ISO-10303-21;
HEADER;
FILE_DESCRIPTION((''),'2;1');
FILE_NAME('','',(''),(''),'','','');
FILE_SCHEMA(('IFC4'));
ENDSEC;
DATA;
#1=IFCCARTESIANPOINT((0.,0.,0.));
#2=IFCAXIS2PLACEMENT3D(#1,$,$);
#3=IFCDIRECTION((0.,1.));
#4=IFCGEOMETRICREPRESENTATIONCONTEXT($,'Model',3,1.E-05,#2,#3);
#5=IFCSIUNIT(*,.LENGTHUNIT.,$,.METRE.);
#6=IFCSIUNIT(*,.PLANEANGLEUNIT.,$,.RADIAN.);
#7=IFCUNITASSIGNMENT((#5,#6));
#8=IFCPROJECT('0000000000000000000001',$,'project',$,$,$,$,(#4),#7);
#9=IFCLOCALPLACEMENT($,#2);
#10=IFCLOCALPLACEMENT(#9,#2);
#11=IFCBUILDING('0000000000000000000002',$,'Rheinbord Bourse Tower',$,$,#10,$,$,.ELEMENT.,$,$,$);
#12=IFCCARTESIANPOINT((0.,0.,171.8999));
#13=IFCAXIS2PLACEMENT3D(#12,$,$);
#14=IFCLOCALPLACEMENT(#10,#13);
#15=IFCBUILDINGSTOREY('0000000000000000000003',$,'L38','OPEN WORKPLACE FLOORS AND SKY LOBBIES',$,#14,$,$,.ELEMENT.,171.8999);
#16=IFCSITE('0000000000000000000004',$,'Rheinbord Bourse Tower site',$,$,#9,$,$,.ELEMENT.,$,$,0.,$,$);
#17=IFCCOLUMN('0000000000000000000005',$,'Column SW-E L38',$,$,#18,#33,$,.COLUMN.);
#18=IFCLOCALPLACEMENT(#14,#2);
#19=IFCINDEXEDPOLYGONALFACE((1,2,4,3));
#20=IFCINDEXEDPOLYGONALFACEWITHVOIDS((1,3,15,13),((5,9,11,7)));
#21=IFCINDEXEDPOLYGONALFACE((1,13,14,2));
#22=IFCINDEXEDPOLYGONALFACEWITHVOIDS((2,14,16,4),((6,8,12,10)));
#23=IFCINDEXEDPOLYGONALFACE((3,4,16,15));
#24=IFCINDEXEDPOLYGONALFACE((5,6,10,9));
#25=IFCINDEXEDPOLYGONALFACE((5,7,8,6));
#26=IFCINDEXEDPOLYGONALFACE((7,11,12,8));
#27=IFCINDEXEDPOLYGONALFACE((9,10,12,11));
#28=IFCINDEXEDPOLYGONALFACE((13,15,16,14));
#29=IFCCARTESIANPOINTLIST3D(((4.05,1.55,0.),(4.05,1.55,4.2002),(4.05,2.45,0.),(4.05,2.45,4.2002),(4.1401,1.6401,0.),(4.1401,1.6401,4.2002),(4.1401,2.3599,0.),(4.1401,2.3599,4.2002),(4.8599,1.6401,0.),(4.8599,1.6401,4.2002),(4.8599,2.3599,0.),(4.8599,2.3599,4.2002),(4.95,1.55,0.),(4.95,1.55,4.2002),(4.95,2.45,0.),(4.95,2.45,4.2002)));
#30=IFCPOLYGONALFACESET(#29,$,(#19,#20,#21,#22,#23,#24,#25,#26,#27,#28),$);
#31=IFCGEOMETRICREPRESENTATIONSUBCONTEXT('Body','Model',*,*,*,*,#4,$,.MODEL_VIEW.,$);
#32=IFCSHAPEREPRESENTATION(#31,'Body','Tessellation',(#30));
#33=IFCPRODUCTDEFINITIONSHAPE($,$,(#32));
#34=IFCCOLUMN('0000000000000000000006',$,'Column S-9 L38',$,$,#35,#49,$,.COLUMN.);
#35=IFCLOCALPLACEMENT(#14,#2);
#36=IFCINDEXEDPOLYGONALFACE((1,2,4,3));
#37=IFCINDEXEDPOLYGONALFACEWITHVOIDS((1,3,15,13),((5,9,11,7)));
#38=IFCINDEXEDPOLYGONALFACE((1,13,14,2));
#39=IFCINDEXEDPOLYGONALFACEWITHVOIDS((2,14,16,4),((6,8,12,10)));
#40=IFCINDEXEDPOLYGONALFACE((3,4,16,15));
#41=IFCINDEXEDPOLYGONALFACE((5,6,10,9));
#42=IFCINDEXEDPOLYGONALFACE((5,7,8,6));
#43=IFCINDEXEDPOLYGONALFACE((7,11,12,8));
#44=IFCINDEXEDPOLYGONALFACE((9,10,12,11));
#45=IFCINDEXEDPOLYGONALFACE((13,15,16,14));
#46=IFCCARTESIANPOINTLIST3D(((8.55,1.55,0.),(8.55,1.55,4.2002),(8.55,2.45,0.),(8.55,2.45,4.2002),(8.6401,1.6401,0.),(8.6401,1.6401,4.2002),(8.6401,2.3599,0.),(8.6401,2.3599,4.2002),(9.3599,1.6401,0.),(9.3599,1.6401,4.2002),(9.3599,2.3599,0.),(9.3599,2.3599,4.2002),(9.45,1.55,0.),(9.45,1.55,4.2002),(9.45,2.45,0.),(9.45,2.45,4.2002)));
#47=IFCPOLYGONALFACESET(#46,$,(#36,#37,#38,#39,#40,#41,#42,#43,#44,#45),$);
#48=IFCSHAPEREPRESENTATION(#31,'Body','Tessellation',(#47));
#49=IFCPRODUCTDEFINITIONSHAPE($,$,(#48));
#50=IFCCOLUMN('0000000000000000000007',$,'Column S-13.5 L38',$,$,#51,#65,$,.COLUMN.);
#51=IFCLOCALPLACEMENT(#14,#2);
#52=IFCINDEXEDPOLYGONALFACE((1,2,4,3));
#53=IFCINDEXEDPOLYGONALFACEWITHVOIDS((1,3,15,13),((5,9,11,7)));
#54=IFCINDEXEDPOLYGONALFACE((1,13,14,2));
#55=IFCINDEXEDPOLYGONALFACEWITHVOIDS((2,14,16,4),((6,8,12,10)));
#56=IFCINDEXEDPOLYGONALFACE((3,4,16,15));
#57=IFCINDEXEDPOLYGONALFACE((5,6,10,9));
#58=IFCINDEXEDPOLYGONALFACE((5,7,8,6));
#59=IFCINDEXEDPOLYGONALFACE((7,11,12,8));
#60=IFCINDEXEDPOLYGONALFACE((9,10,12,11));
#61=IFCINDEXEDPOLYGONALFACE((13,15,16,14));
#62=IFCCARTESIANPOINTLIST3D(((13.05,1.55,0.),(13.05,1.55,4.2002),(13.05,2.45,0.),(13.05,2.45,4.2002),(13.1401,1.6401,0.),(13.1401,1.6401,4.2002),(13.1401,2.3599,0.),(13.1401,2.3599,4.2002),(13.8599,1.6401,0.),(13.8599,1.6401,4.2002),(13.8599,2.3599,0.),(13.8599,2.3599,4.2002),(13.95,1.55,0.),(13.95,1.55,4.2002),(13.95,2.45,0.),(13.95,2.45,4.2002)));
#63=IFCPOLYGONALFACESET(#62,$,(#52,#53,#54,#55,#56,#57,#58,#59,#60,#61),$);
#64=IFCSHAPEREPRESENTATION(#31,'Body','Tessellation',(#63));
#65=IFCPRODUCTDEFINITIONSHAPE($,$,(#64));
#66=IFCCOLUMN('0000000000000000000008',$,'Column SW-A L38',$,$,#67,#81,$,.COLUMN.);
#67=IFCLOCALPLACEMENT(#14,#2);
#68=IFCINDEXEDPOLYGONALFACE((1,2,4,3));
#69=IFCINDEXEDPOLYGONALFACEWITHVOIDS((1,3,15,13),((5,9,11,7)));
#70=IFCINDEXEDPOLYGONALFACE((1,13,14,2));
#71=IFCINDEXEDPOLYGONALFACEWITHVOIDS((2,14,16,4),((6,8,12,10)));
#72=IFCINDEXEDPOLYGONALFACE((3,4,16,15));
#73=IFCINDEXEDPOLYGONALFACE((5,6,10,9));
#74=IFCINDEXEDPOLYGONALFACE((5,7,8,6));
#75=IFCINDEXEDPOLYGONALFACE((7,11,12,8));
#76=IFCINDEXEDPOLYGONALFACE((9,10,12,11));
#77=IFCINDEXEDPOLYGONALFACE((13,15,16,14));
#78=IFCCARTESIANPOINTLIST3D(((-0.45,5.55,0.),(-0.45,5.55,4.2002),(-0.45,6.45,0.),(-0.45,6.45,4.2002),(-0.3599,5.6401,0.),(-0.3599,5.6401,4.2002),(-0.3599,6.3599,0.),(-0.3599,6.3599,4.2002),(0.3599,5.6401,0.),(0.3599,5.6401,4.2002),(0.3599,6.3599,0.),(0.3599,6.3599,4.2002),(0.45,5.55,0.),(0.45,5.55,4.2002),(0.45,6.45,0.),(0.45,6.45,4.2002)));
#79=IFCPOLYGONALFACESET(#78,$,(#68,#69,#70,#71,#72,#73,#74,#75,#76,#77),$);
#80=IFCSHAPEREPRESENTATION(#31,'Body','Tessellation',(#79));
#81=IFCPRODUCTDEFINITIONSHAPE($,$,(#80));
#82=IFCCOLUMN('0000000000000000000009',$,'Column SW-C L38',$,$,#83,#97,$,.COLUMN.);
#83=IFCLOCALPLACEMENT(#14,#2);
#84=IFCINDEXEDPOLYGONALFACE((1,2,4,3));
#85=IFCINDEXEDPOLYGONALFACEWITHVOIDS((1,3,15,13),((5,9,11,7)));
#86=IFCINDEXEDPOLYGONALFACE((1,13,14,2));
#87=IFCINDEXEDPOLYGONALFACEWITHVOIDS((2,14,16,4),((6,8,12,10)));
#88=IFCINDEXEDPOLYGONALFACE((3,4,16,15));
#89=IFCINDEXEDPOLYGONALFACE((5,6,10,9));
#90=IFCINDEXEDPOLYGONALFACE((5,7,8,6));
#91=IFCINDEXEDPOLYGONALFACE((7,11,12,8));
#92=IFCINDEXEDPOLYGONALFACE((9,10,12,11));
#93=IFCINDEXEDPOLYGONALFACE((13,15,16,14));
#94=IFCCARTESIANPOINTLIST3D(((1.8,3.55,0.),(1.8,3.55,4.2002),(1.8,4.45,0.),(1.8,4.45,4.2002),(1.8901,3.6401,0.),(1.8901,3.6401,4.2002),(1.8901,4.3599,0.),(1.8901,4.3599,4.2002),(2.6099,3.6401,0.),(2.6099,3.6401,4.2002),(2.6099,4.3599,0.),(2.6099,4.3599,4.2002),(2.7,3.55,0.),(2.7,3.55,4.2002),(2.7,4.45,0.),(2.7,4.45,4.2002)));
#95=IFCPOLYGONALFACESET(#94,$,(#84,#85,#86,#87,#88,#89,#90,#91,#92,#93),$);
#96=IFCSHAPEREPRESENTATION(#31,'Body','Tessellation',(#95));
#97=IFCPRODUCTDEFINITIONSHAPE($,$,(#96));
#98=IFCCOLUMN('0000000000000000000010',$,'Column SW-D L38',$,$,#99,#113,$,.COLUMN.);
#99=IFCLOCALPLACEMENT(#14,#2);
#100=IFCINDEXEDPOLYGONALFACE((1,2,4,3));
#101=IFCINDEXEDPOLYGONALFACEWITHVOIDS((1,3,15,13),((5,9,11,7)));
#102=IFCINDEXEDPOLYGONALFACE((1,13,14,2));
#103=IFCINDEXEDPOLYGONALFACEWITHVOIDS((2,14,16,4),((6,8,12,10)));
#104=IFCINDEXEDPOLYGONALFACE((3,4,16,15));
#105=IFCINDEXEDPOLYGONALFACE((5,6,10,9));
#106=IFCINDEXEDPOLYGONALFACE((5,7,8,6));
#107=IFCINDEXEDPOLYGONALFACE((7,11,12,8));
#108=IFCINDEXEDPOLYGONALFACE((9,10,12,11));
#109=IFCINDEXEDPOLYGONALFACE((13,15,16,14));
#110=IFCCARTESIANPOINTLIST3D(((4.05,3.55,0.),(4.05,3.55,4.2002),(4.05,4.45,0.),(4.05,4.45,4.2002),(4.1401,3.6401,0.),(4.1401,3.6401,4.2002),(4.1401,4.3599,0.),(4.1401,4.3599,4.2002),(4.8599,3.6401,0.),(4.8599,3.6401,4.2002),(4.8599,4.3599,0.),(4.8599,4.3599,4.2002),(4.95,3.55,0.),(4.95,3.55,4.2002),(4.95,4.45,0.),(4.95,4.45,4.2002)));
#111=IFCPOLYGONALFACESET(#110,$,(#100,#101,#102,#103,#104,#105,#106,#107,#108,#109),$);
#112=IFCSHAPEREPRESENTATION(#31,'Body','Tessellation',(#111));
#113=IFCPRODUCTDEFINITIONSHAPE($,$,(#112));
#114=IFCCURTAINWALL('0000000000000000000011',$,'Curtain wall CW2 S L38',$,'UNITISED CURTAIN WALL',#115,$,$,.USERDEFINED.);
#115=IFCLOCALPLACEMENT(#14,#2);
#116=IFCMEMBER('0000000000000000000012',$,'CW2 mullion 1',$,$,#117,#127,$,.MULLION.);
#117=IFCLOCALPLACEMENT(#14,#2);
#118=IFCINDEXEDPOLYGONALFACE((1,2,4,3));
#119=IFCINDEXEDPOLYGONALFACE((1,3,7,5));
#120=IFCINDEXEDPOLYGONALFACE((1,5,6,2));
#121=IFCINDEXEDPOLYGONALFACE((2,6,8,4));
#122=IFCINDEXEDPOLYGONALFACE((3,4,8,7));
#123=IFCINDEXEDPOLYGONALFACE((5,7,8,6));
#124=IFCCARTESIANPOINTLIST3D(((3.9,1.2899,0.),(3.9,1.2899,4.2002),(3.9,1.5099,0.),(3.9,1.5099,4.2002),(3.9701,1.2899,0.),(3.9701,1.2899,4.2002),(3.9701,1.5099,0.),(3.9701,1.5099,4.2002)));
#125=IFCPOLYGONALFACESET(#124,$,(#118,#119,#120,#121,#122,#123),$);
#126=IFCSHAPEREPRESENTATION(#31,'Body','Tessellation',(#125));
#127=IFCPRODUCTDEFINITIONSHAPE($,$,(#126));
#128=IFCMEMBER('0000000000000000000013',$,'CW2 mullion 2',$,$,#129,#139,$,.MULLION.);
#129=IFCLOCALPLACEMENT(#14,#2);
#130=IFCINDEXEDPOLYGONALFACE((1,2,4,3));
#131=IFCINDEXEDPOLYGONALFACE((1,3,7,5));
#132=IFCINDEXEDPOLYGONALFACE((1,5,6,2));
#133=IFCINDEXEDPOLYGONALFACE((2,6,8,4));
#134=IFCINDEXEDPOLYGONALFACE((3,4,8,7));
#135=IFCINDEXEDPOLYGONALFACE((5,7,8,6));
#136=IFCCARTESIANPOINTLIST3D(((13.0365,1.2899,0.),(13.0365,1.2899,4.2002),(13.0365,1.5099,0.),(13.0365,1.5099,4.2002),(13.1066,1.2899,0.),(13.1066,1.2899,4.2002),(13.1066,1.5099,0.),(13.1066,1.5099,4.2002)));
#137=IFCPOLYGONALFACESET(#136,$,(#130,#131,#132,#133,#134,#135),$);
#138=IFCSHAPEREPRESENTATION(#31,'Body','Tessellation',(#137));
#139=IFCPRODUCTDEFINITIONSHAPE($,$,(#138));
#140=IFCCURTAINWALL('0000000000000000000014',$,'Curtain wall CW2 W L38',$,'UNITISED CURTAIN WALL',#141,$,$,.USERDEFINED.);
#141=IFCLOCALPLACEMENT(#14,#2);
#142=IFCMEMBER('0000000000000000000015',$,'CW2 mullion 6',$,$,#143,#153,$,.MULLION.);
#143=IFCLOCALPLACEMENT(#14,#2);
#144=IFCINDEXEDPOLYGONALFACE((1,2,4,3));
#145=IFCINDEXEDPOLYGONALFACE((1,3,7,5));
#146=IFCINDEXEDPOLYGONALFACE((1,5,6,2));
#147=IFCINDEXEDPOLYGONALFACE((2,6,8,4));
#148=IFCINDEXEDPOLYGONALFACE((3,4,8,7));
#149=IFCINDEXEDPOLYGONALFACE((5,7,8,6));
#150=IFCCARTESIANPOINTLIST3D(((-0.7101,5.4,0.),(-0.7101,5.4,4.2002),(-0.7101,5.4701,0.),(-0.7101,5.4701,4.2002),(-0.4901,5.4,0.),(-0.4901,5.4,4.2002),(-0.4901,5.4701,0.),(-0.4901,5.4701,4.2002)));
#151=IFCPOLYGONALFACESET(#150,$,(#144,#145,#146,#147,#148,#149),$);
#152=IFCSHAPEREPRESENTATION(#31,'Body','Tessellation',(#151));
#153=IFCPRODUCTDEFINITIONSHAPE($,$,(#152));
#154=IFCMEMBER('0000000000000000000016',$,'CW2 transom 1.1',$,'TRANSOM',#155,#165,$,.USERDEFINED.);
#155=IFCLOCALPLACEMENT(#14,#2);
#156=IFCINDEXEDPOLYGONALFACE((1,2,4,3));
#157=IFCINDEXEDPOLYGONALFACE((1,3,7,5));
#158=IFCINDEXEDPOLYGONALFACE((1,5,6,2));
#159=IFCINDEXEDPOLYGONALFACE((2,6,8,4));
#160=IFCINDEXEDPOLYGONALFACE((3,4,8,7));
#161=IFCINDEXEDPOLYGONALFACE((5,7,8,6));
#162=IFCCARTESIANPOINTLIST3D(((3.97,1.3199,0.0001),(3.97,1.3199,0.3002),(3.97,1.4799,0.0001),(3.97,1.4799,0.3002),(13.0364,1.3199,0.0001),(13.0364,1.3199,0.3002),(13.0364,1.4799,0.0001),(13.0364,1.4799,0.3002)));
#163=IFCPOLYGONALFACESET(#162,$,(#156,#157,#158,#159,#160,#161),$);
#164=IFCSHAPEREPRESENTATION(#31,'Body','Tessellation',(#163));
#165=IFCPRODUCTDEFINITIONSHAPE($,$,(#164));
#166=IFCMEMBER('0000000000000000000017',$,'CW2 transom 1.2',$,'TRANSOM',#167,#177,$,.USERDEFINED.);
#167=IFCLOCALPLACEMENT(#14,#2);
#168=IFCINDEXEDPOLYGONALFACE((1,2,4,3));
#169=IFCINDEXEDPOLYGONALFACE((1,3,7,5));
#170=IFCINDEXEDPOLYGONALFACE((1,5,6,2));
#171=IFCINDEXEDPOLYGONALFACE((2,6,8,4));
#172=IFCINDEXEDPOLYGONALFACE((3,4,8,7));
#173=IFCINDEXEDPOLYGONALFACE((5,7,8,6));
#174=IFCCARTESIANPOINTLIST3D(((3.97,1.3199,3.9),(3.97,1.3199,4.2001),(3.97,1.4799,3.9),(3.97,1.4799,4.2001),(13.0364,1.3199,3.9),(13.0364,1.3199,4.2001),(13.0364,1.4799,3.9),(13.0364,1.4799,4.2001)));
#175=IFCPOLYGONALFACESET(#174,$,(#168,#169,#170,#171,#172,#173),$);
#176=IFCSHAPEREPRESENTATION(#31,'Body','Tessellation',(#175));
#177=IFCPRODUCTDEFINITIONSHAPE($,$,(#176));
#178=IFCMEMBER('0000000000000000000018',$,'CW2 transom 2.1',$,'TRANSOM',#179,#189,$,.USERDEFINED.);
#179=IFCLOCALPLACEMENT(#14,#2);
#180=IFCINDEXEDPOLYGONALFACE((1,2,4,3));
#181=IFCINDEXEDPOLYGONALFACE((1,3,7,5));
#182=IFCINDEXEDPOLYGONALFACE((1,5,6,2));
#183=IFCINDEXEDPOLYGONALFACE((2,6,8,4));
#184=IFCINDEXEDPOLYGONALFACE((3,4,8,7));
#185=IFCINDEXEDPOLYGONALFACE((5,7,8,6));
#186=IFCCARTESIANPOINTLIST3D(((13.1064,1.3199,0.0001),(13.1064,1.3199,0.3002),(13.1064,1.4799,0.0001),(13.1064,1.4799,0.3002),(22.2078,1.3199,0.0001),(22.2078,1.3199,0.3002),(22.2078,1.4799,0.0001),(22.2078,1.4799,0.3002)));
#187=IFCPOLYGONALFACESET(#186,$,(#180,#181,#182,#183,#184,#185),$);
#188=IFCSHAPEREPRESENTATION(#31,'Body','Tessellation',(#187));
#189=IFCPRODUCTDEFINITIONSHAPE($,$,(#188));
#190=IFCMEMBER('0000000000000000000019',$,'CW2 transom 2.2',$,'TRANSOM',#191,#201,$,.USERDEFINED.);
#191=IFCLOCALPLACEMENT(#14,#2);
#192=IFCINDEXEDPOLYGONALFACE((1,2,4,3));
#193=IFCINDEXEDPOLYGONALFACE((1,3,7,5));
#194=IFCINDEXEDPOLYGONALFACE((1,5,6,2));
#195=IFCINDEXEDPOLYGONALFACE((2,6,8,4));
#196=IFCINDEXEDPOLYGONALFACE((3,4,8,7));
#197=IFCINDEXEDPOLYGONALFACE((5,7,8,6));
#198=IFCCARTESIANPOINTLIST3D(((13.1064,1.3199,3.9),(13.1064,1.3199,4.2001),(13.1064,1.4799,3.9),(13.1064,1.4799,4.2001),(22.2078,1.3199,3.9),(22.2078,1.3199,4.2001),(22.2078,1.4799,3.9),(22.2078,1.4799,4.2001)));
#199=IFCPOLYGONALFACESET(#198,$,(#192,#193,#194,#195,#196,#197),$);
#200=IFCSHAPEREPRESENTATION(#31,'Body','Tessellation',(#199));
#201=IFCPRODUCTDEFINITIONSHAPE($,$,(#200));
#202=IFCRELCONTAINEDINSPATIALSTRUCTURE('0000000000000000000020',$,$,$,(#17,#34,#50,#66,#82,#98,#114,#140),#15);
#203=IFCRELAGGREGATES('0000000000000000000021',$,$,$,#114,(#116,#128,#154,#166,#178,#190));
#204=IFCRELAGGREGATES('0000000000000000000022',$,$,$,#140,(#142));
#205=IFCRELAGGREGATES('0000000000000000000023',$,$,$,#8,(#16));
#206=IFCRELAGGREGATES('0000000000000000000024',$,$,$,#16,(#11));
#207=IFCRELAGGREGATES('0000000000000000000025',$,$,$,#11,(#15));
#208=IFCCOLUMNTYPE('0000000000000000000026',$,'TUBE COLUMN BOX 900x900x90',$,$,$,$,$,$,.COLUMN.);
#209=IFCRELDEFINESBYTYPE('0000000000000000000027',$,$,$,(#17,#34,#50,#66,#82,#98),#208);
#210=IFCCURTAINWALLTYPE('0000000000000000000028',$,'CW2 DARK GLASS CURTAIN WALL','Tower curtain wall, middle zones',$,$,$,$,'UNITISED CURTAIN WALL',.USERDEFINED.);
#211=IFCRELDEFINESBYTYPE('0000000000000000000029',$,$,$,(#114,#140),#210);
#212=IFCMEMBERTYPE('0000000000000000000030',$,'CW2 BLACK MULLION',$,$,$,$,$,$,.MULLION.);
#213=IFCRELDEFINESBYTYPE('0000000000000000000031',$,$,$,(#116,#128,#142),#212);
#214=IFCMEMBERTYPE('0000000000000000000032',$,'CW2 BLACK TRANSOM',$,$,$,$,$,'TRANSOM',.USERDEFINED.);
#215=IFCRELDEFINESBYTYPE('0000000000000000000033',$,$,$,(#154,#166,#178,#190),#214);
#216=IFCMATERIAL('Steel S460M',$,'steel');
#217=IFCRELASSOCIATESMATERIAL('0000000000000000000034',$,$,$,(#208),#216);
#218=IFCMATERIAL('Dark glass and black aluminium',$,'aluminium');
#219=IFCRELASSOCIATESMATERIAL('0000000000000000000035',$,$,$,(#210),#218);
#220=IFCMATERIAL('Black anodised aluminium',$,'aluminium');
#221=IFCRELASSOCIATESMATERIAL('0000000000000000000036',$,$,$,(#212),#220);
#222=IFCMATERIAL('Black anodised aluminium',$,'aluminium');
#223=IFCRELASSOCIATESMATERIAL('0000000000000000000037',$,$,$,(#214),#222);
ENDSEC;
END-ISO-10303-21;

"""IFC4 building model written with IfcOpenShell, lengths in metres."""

from ifc_helpers import new_model, si_unit, direction, frame, origin, origin_2d, place, context, subcontext, project, spatial, rectangle, hollow_rectangle, extrude, material, material_profile, profile_set, type_object, element, aggregate, save


model = new_model("IFC4")

# Units and contexts
model_context = context("Model", 3, precision=1e-05, world=origin(), true_north=direction((0.0, 1.0)))
body_context = subcontext(model_context, "Body", "Model", "MODEL_VIEW")
ifc_project = project(units=[si_unit("LENGTHUNIT", "METRE"), si_unit("PLANEANGLEUNIT", "RADIAN")], contexts=[model_context])

# Site, building, storey
site_placement = place(None, origin())
site = spatial("IfcSite", under=ifc_project, at=site_placement, Name="Rheinbord Bourse Tower site", CompositionType="ELEMENT", RefElevation=0.0)
building_placement = place(site_placement, origin())
building = spatial("IfcBuilding", under=site, at=building_placement, Name="Rheinbord Bourse Tower", CompositionType="ELEMENT")
storey_placement = place(building_placement, frame((0.0, 0.0, 171.8999)))
storey = spatial("IfcBuildingStorey", under=building, at=storey_placement, Name="L38", Description="OPEN WORKPLACE FLOORS AND SKY LOBBIES", CompositionType="ELEMENT", Elevation=171.8999)

# Columns
ifc_material_1 = material(Name="Steel S460M", Category="steel")
ifc_material_profile_1 = material_profile(ifc_material_1, hollow_rectangle(XDim=0.8999, YDim=0.8999, WallThickness=0.0901, at=origin_2d()), Name="BOX 900x900x90")
ifc_profile_set_1 = profile_set([ifc_material_profile_1], Name="Steel S460M")
column_type = type_object("IfcColumnType", Name="TUBE COLUMN BOX 900x900x90", PredefinedType="COLUMN", material=ifc_profile_set_1)
for number, where, z_axis, x_axis, name in (
    (1, (4.5, 2.0, 0.0), (0.0, 0.0, 1.0), (0.0, 1.0, 0.0), "Column SW-E L38"),
    (2, (9.0, 2.0, 0.0), (0.0, 0.0, 1.0), (0.0, 1.0, 0.0), "Column S-9 L38"),
    (3, (13.5, 2.0, 0.0), (0.0, 0.0, 1.0), (0.0, 1.0, 0.0), "Column S-13.5 L38"),
    (4, (0.0, 6.0, 0.0), (0.0, 0.0, 1.0), (1.0, 0.0, 0.0), "Column SW-A L38"),
    (5, (2.25, 4.0, 0.0), (0.0, 0.0, 1.0), (1.0, 0.0, 0.0), "Column SW-C L38"),
    (6, (4.5, 4.0, 0.0), (0.0, 0.0, 1.0), (0.0, 1.0, 0.0), "Column SW-D L38"),
):
    element("IfcColumn", number, at=place(storey_placement, frame(where, z_axis=z_axis, x_axis=x_axis)), inside=storey, type_object=column_type, Name=name, PredefinedType="COLUMN", context=body_context, shape_type="SweptSolid", body=[
        extrude(hollow_rectangle(XDim=0.8999, YDim=0.8999, WallThickness=0.0901, at=origin_2d()), origin(), (0.0, 0.0, 1.0), 4.2002),
    ])

# Curtain wall, members
ifc_material_2 = material(Name="Dark glass and black aluminium", Category="aluminium")
curtain_wall_type = type_object("IfcCurtainWallType", Name="CW2 DARK GLASS CURTAIN WALL", Description="Tower curtain wall, middle zones", ElementType="UNITISED CURTAIN WALL", PredefinedType="USERDEFINED", material=ifc_material_2)
curtain_wall_1_placement = place(storey_placement, origin())
curtain_wall_1 = element("IfcCurtainWall", 7, at=curtain_wall_1_placement, inside=storey, type_object=curtain_wall_type, Name="Curtain wall CW2 S L38", ObjectType="UNITISED CURTAIN WALL", PredefinedType="USERDEFINED")
ifc_material_3 = material(Name="Black anodised aluminium", Category="aluminium")
ifc_material_profile_2 = material_profile(ifc_material_3, rectangle(XDim=0.22, YDim=0.0701, at=origin_2d()), Name="CW2 MULLION 70x220")
ifc_profile_set_2 = profile_set([ifc_material_profile_2], Name="Black anodised aluminium")
member_type_1 = type_object("IfcMemberType", Name="CW2 BLACK MULLION", PredefinedType="MULLION", material=ifc_profile_set_2)
member_1_placement = place(storey_placement, frame((3.9351, 1.3999, 0.0), z_axis=(0.0, 0.0, 1.0), x_axis=(0.0, 1.0, 0.0)))
member_1 = element("IfcMember", 8, at=member_1_placement, type_object=member_type_1, Name="CW2 mullion 1", PredefinedType="MULLION", context=body_context, shape_type="SweptSolid", body=[
    extrude(rectangle(XDim=0.22, YDim=0.0701, at=origin_2d()), origin(), (0.0, 0.0, 1.0), 4.2002),
])
member_2_placement = place(storey_placement, frame((13.0715, 1.3999, 0.0), z_axis=(0.0, 0.0, 1.0), x_axis=(0.0, 1.0, 0.0)))
member_2 = element("IfcMember", 9, at=member_2_placement, type_object=member_type_1, Name="CW2 mullion 2", PredefinedType="MULLION", context=body_context, shape_type="SweptSolid", body=[
    extrude(rectangle(XDim=0.22, YDim=0.0701, at=origin_2d()), origin(), (0.0, 0.0, 1.0), 4.2002),
])

# Curtain wall, member
curtain_wall_2_placement = place(storey_placement, origin())
curtain_wall_2 = element("IfcCurtainWall", 10, at=curtain_wall_2_placement, inside=storey, type_object=curtain_wall_type, Name="Curtain wall CW2 W L38", ObjectType="UNITISED CURTAIN WALL", PredefinedType="USERDEFINED")
member_3_placement = place(storey_placement, frame((-0.6001, 5.4351, 0.0), z_axis=(0.0, 0.0, 1.0), x_axis=(1.0, 0.0, 0.0)))
member_3 = element("IfcMember", 11, at=member_3_placement, type_object=member_type_1, Name="CW2 mullion 6", PredefinedType="MULLION", context=body_context, shape_type="SweptSolid", body=[
    extrude(rectangle(XDim=0.22, YDim=0.0701, at=origin_2d()), origin(), (0.0, 0.0, 1.0), 4.2002),
])

# Members
ifc_material_4 = material(Name="Black anodised aluminium", Category="aluminium")
ifc_material_profile_3 = material_profile(ifc_material_4, rectangle(XDim=0.1599, YDim=0.3, at=origin_2d()), Name="CW2 TRANSOM 300x160")
ifc_profile_set_3 = profile_set([ifc_material_profile_3], Name="Black anodised aluminium")
member_type_2 = type_object("IfcMemberType", Name="CW2 BLACK TRANSOM", ElementType="TRANSOM", PredefinedType="USERDEFINED", material=ifc_profile_set_3)
member_4_placement = place(storey_placement, frame((3.97, 1.3999, 0.1501), z_axis=(1.0, 0.0, 0.0), x_axis=(0.0, 1.0, 0.0)))
member_4 = element("IfcMember", 12, at=member_4_placement, type_object=member_type_2, Name="CW2 transom 1.1", ObjectType="TRANSOM", PredefinedType="USERDEFINED", context=body_context, shape_type="SweptSolid", body=[
    extrude(rectangle(XDim=0.1599, YDim=0.3, at=origin_2d()), origin(), (0.0, 0.0, 1.0), 9.0664),
])
member_5_placement = place(storey_placement, frame((3.97, 1.3999, 4.05), z_axis=(1.0, 0.0, 0.0), x_axis=(0.0, 1.0, 0.0)))
member_5 = element("IfcMember", 13, at=member_5_placement, type_object=member_type_2, Name="CW2 transom 1.2", ObjectType="TRANSOM", PredefinedType="USERDEFINED", context=body_context, shape_type="SweptSolid", body=[
    extrude(rectangle(XDim=0.1599, YDim=0.3, at=origin_2d()), origin(), (0.0, 0.0, 1.0), 9.0664),
])
member_6_placement = place(storey_placement, frame((13.1064, 1.3999, 0.1501), z_axis=(1.0, 0.0, 0.0), x_axis=(0.0, 1.0, 0.0)))
member_6 = element("IfcMember", 14, at=member_6_placement, type_object=member_type_2, Name="CW2 transom 2.1", ObjectType="TRANSOM", PredefinedType="USERDEFINED", context=body_context, shape_type="SweptSolid", body=[
    extrude(rectangle(XDim=0.1599, YDim=0.3, at=origin_2d()), origin(), (0.0, 0.0, 1.0), 9.1013),
])
member_7_placement = place(storey_placement, frame((13.1064, 1.3999, 4.05), z_axis=(1.0, 0.0, 0.0), x_axis=(0.0, 1.0, 0.0)))
member_7 = element("IfcMember", 15, at=member_7_placement, type_object=member_type_2, Name="CW2 transom 2.2", ObjectType="TRANSOM", PredefinedType="USERDEFINED", context=body_context, shape_type="SweptSolid", body=[
    extrude(rectangle(XDim=0.1599, YDim=0.3, at=origin_2d()), origin(), (0.0, 0.0, 1.0), 9.1013),
])

aggregate(curtain_wall_1, [member_1, member_2, member_4, member_5, member_6, member_7])
aggregate(curtain_wall_2, [member_3])

save(model, "model.ifc")
